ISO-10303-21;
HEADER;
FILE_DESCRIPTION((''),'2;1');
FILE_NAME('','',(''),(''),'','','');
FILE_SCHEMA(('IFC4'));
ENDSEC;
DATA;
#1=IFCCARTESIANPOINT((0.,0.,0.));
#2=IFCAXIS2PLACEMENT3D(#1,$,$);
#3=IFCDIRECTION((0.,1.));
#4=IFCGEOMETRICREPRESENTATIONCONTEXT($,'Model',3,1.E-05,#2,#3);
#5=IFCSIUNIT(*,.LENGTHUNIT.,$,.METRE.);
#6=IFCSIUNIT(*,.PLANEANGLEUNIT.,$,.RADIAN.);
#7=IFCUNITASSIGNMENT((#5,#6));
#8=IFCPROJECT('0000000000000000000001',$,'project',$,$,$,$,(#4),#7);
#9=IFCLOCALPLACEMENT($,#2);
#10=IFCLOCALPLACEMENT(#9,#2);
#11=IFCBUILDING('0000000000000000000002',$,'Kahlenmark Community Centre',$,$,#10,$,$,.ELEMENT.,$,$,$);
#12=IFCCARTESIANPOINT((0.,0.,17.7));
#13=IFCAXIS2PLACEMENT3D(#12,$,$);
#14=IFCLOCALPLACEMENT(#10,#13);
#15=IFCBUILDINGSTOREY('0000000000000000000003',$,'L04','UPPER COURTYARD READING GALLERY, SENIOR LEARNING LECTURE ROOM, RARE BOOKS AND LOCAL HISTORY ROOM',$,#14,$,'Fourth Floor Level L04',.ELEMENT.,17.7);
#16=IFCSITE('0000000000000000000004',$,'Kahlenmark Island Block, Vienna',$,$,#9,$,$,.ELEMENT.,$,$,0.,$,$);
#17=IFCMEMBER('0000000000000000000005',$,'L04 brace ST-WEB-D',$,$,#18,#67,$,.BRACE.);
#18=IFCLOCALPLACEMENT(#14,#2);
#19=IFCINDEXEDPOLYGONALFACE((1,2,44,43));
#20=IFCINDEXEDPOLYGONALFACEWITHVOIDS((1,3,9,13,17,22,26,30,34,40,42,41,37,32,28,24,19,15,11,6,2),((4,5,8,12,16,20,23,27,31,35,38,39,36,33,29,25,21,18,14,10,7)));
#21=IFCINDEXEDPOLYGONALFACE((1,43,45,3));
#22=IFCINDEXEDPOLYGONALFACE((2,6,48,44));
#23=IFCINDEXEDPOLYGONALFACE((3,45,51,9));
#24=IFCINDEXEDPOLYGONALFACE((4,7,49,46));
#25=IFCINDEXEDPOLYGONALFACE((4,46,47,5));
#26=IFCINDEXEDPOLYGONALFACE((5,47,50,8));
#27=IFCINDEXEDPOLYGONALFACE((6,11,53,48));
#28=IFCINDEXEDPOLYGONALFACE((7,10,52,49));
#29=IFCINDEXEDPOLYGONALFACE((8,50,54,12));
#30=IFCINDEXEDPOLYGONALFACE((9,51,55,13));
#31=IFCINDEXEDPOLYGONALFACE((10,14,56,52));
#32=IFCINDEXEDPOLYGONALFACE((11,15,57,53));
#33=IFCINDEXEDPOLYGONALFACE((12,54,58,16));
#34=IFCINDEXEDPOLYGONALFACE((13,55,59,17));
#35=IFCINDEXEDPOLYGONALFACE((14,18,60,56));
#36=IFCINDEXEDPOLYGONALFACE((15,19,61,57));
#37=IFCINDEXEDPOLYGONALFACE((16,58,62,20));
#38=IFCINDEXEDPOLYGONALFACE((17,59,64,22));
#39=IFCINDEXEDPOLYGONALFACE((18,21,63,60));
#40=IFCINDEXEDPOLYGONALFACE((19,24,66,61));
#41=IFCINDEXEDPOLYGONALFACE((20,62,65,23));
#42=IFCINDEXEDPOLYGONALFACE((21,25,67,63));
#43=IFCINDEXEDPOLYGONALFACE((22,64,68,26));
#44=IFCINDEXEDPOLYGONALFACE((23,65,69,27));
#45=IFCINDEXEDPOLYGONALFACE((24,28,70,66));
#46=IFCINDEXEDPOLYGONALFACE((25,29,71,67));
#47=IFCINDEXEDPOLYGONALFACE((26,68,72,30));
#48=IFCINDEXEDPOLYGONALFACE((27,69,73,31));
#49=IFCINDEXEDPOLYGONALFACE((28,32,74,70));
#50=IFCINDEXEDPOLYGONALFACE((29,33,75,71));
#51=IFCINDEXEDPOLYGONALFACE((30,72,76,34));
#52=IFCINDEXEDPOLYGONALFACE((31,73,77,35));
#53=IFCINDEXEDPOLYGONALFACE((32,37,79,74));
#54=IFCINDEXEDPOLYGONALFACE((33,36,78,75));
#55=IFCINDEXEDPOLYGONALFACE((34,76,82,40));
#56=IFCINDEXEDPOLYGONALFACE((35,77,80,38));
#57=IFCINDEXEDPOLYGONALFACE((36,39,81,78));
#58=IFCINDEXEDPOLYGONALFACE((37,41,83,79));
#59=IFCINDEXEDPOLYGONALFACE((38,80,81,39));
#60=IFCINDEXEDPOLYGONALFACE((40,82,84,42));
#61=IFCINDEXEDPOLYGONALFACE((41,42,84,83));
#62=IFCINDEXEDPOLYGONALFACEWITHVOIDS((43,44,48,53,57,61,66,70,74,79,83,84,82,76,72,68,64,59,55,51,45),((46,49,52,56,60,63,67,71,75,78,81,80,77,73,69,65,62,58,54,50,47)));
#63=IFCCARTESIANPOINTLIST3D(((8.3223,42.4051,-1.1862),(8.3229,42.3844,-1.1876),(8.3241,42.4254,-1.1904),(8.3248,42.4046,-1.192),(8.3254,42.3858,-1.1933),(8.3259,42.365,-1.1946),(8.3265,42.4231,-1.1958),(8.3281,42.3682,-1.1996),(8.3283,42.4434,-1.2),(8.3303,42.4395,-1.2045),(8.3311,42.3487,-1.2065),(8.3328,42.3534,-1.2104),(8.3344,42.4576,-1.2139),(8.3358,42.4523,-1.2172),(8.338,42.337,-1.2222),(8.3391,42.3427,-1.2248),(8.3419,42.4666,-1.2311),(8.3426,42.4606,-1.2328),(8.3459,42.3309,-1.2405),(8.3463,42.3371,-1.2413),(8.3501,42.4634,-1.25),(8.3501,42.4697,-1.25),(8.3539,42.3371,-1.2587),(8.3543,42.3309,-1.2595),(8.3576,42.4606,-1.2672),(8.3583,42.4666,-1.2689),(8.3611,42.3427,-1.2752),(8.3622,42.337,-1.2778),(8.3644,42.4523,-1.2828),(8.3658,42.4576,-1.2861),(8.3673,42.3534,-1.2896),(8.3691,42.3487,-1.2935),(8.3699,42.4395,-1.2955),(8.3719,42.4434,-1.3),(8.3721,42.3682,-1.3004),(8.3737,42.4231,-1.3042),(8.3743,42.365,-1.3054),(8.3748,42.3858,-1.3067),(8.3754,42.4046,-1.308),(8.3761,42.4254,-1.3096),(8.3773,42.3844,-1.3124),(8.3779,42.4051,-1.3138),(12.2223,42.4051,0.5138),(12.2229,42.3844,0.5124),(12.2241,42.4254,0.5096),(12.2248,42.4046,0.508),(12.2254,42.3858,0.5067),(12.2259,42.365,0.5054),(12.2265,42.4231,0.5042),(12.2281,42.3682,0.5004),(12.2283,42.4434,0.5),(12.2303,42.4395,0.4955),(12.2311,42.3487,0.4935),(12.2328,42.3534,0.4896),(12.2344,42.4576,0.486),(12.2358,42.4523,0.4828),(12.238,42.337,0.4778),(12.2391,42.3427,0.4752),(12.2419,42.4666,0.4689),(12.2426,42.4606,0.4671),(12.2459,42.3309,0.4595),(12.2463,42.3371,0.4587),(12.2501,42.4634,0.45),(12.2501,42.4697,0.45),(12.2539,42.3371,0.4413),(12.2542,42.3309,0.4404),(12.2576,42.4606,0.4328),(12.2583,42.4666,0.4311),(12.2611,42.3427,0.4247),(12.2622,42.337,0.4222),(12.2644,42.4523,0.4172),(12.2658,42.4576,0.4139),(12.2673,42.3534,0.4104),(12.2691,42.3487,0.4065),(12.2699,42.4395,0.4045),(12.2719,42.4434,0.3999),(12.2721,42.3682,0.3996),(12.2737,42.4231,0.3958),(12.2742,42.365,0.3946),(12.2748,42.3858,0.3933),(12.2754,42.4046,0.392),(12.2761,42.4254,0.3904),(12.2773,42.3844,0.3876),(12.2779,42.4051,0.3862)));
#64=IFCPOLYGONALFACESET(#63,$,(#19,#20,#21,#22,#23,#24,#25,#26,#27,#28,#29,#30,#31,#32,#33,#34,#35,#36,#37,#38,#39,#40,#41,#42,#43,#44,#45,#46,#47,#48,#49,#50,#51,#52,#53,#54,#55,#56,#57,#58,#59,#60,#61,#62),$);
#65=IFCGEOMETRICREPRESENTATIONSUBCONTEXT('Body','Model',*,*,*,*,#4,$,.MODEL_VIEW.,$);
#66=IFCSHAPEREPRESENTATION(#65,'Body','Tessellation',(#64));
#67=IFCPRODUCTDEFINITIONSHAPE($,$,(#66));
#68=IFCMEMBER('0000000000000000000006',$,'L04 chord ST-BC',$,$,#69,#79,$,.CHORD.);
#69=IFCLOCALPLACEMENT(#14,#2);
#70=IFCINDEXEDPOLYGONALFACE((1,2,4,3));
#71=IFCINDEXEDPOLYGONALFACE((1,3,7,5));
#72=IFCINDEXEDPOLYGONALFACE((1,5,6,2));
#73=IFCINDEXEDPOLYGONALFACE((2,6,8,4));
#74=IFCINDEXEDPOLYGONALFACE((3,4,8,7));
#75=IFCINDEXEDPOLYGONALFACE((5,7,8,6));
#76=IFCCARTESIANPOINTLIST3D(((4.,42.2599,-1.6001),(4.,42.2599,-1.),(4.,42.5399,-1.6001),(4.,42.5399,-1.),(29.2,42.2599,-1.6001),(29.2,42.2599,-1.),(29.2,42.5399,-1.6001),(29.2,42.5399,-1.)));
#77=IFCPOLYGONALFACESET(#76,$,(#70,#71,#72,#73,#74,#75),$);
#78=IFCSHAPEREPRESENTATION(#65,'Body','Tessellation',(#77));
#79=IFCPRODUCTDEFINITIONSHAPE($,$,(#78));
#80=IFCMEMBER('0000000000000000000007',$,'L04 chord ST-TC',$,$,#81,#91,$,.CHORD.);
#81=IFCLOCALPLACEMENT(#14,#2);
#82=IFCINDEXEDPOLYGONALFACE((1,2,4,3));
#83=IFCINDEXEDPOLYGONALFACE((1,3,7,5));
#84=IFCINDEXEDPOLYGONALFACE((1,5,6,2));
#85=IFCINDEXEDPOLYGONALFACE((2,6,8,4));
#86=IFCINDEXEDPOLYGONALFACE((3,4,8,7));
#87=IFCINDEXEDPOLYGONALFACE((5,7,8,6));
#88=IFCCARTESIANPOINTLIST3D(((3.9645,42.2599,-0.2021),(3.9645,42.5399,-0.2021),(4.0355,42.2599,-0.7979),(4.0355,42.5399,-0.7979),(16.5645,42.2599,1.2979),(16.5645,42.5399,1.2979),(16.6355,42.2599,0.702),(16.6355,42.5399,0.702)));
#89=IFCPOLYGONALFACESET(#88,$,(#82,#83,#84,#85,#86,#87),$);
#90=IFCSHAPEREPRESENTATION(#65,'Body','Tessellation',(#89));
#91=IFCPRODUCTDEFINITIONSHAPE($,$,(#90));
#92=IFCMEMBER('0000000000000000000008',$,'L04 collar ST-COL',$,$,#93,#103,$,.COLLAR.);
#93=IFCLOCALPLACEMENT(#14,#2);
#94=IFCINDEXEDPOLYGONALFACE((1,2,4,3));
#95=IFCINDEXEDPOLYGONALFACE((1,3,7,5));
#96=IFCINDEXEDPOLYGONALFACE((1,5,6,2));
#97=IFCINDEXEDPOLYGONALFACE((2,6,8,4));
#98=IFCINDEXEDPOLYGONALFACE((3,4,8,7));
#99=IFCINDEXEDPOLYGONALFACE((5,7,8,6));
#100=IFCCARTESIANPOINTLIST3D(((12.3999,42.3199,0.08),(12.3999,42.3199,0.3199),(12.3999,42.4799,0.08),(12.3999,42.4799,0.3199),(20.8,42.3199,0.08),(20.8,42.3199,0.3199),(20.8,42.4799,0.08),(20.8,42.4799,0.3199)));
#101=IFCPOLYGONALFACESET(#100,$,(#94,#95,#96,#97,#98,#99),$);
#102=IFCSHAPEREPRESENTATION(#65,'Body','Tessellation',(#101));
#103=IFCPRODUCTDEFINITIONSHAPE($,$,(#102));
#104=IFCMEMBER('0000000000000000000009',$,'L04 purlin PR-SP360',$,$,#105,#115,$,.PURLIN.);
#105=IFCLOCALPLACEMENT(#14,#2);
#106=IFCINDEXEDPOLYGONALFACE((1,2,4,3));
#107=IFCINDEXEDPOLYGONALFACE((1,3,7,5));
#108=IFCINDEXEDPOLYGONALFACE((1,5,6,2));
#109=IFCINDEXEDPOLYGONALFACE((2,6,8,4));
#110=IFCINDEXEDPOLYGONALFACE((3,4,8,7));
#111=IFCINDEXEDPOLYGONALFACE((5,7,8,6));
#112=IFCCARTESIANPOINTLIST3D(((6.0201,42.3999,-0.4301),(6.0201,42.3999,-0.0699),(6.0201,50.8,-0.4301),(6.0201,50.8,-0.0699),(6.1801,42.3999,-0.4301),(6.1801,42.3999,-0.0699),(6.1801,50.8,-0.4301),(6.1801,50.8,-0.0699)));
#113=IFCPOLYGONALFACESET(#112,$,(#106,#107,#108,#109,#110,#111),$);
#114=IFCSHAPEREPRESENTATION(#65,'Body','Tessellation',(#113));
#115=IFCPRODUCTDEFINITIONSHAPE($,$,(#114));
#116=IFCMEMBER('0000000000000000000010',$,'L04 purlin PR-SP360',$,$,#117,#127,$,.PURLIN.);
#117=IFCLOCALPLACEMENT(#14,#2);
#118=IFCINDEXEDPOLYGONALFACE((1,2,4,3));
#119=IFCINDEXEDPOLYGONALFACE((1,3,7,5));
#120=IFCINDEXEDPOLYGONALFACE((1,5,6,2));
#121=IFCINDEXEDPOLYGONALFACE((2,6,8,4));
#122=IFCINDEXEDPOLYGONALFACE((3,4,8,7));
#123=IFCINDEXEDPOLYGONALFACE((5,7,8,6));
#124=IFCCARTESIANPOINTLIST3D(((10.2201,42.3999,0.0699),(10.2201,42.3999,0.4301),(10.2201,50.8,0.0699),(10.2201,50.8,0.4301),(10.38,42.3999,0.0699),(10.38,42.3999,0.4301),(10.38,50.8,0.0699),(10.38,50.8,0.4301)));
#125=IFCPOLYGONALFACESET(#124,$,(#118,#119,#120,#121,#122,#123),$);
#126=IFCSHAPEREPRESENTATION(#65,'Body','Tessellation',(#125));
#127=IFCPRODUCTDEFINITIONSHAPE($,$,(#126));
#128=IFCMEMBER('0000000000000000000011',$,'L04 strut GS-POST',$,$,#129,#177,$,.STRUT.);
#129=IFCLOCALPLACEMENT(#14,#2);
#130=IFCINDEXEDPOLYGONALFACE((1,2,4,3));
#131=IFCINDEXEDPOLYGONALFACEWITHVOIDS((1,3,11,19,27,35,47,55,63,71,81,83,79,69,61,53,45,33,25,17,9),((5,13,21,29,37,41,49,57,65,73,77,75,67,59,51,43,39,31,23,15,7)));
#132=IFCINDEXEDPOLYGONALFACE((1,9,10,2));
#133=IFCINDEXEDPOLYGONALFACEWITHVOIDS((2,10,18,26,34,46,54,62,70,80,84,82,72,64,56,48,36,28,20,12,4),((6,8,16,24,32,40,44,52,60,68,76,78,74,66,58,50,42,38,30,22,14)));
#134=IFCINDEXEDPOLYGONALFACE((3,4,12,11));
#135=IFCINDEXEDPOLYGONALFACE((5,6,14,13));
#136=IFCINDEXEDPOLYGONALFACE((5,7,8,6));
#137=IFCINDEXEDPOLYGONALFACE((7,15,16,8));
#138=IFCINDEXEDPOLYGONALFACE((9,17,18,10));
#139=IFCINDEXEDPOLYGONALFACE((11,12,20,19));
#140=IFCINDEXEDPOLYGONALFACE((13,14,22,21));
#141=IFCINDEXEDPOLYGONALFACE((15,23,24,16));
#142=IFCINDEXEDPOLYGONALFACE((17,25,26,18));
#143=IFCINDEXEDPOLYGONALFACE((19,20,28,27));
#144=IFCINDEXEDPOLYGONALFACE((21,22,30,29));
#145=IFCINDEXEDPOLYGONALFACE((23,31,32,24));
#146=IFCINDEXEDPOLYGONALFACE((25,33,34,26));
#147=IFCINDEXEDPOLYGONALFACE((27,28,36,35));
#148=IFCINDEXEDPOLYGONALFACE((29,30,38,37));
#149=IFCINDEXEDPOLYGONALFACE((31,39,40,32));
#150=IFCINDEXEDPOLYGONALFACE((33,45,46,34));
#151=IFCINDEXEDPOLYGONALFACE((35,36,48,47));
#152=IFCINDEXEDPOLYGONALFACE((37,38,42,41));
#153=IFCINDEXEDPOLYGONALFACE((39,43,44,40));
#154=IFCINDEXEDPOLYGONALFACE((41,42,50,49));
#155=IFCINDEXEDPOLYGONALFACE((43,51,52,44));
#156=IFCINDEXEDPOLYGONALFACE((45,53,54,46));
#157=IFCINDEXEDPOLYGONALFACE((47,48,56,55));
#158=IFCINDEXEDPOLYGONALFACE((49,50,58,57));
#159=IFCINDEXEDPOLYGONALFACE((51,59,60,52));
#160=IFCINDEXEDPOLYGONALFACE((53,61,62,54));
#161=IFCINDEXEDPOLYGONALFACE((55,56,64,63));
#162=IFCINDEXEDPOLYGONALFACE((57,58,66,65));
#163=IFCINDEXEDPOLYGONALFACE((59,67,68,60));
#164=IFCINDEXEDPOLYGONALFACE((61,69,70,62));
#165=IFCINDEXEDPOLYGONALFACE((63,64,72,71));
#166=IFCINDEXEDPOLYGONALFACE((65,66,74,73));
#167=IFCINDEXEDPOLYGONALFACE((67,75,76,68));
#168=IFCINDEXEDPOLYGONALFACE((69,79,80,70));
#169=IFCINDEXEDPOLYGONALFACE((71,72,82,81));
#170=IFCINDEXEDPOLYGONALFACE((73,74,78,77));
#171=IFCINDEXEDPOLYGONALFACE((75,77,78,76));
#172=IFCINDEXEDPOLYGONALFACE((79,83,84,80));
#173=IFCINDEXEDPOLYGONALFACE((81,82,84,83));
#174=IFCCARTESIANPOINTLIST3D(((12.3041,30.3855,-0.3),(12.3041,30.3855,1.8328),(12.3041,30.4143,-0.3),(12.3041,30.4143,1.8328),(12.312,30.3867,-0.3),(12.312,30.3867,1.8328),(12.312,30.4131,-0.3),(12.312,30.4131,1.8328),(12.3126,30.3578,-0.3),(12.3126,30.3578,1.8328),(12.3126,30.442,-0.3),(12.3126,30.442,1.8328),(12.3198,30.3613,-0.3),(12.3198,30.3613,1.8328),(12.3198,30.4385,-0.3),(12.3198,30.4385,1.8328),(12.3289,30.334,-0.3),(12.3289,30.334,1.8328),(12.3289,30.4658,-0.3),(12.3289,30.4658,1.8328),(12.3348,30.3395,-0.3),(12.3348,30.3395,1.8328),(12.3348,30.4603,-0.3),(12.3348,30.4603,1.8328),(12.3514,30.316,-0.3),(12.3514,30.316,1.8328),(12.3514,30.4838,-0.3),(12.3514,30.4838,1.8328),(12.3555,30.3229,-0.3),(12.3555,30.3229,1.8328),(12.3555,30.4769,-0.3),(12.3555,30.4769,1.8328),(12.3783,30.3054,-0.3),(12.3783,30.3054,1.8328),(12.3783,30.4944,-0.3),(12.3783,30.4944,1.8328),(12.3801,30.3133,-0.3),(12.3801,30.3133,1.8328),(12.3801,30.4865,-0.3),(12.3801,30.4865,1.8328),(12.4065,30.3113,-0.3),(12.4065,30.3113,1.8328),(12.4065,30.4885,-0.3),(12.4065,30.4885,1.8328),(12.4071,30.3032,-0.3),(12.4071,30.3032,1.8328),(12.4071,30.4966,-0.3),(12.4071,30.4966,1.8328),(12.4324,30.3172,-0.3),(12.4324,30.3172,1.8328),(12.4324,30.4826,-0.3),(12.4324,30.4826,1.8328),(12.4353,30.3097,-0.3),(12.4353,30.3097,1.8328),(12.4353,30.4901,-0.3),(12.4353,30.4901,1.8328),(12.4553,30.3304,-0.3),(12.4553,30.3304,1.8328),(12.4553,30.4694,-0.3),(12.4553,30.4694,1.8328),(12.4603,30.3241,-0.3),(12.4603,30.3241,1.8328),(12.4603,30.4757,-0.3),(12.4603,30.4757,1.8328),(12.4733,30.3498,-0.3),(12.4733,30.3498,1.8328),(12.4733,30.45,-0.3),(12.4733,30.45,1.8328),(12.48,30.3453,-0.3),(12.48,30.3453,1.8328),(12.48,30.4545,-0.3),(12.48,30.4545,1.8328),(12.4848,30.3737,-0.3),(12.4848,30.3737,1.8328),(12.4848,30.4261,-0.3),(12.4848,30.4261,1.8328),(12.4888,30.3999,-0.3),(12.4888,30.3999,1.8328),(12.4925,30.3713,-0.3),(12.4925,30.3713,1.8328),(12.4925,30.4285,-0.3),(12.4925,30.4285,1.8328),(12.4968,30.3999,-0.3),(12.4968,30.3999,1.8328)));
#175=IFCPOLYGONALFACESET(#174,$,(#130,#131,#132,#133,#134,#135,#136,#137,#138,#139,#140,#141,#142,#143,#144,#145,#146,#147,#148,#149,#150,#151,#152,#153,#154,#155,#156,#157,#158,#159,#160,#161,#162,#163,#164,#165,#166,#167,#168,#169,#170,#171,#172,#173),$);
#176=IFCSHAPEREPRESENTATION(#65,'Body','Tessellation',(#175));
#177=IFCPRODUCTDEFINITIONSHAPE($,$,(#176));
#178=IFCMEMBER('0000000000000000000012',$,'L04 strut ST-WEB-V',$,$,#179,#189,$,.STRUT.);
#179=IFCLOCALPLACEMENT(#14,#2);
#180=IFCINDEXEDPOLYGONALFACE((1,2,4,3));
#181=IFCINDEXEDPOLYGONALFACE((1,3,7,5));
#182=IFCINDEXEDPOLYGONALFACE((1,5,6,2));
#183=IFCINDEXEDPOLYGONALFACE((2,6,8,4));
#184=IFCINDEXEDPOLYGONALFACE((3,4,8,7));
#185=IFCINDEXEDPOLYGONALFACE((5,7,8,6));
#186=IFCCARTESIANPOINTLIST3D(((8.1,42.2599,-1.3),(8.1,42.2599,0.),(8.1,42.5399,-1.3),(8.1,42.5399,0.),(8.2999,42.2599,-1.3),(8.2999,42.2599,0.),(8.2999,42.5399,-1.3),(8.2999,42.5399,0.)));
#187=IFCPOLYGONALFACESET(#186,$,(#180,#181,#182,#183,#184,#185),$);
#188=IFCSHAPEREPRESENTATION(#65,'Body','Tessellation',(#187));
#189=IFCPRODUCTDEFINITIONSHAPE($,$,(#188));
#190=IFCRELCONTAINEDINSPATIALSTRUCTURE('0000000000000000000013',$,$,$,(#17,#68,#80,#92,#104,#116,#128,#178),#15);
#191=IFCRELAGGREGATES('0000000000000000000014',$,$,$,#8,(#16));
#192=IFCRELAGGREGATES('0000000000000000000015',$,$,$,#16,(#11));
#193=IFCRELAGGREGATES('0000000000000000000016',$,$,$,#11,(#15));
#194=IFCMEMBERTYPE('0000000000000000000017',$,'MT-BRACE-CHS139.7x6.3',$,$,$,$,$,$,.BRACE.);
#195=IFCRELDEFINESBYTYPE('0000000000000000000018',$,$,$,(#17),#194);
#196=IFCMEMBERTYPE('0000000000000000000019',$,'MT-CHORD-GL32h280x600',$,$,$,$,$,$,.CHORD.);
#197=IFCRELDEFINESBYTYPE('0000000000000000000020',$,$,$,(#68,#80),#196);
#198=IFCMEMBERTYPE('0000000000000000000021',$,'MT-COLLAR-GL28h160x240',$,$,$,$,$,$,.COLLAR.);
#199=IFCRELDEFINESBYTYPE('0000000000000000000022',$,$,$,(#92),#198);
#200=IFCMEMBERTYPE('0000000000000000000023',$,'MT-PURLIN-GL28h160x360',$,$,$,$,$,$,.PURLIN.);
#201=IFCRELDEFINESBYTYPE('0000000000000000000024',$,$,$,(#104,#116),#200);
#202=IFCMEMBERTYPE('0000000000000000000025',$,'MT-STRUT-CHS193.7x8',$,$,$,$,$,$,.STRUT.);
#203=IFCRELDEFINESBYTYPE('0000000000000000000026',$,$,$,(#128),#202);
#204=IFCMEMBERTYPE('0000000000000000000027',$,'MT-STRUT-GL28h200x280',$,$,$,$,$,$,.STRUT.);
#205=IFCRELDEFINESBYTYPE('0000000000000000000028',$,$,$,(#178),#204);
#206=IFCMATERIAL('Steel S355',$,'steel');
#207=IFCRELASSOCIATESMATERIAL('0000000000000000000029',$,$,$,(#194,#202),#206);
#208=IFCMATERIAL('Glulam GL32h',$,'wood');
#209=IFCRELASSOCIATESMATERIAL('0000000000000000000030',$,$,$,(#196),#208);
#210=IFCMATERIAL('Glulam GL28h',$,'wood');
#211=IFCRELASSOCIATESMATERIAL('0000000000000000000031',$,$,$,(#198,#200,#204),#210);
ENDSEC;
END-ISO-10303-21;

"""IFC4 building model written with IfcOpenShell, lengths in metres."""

from ifc_helpers import new_model, si_unit, direction, frame, origin, origin_2d, place, context, subcontext, project, spatial, rectangle, hollow_circle, extrude, material, material_profile, profile_set, type_object, element, save


model = new_model("IFC4")

# Units and contexts
model_context = context("Model", 3, precision=1e-05, world=origin(), true_north=direction((0.0, 1.0)))
body_context = subcontext(model_context, "Body", "Model", "MODEL_VIEW")
ifc_project = project(units=[si_unit("LENGTHUNIT", "METRE"), si_unit("PLANEANGLEUNIT", "RADIAN")], contexts=[model_context])

# Site, building, storey
site_placement = place(None, origin())
site = spatial("IfcSite", under=ifc_project, at=site_placement, Name="Kahlenmark Island Block, Vienna", CompositionType="ELEMENT", RefElevation=0.0)
building_placement = place(site_placement, origin())
building = spatial("IfcBuilding", under=site, at=building_placement, Name="Kahlenmark Community Centre", CompositionType="ELEMENT")
storey_placement = place(building_placement, frame((0.0, 0.0, 17.7)))
storey = spatial("IfcBuildingStorey", under=building, at=storey_placement, Name="L04", Description="UPPER COURTYARD READING GALLERY, SENIOR LEARNING LECTURE ROOM, RARE BOOKS AND LOCAL HISTORY ROOM", LongName="Fourth Floor Level L04", CompositionType="ELEMENT", Elevation=17.7)

# Shared definitions
ifc_material_1 = material(Name="Glulam GL32h", Category="wood")
ifc_material_2 = material(Name="Steel S355", Category="steel")

# Members
ifc_material_profile_1 = material_profile(ifc_material_2, hollow_circle(Radius=0.0698, WallThickness=0.0063, at=origin_2d()), Name="CHS 139.7x6.3")
ifc_profile_set_1 = profile_set([ifc_material_profile_1], Name="Steel S355")
member_type_1 = type_object("IfcMemberType", Name="MT-BRACE-CHS139.7x6.3", PredefinedType="BRACE", material=ifc_profile_set_1)
member_1_placement = place(storey_placement, frame((8.3501, 42.3999, -1.25), z_axis=(0.916697, 0.0, 0.399584), x_axis=(0.0, 1.0, 0.0)))
element("IfcMember", 1, at=member_1_placement, inside=storey, type_object=member_type_1, Name="L04 brace ST-WEB-D", PredefinedType="BRACE", context=body_context, shape_type="SweptSolid", body=[
    extrude(hollow_circle(Radius=0.0698, WallThickness=0.0063, at=origin_2d()), origin(), (0.0, 0.0, 1.0), 4.2544),
])
ifc_material_profile_2 = material_profile(ifc_material_1, rectangle(XDim=0.28, YDim=0.6001, at=origin_2d()), Name="GL32h 280x600")
ifc_profile_set_2 = profile_set([ifc_material_profile_2], Name="Glulam GL32h")
member_type_2 = type_object("IfcMemberType", Name="MT-CHORD-GL32h280x600", PredefinedType="CHORD", material=ifc_profile_set_2)
member_2_placement = place(storey_placement, frame((4.0, 42.3999, -1.3), z_axis=(1.0, 0.0, 0.0), x_axis=(0.0, 1.0, 0.0)))
element("IfcMember", 2, at=member_2_placement, inside=storey, type_object=member_type_2, Name="L04 chord ST-BC", PredefinedType="CHORD", context=body_context, shape_type="SweptSolid", body=[
    extrude(rectangle(XDim=0.28, YDim=0.6001, at=origin_2d()), origin(), (0.0, 0.0, 1.0), 25.2),
])
member_3_placement = place(storey_placement, frame((4.0, 42.3999, -0.5), z_axis=(0.992988, 0.0, 0.118212), x_axis=(0.0, 1.0, 0.0)))
element("IfcMember", 3, at=member_3_placement, inside=storey, type_object=member_type_2, Name="L04 chord ST-TC", PredefinedType="CHORD", context=body_context, shape_type="SweptSolid", body=[
    extrude(rectangle(XDim=0.28, YDim=0.6001, at=origin_2d()), origin(), (0.0, 0.0, 1.0), 12.689),
])
ifc_material_3 = material(Name="Glulam GL28h", Category="wood")
ifc_material_profile_3 = material_profile(ifc_material_3, rectangle(XDim=0.1599, YDim=0.24, at=origin_2d()), Name="GL28h 160x240")
ifc_profile_set_3 = profile_set([ifc_material_profile_3], Name="Glulam GL28h")
member_type_3 = type_object("IfcMemberType", Name="MT-COLLAR-GL28h160x240", PredefinedType="COLLAR", material=ifc_profile_set_3)
member_4_placement = place(storey_placement, frame((12.3999, 42.3999, 0.2), z_axis=(1.0, 0.0, 0.0), x_axis=(0.0, 1.0, 0.0)))
element("IfcMember", 4, at=member_4_placement, inside=storey, type_object=member_type_3, Name="L04 collar ST-COL", PredefinedType="COLLAR", context=body_context, shape_type="SweptSolid", body=[
    extrude(rectangle(XDim=0.1599, YDim=0.24, at=origin_2d()), origin(), (0.0, 0.0, 1.0), 8.4001),
])
ifc_material_profile_4 = material_profile(ifc_material_3, rectangle(XDim=0.1599, YDim=0.3601, at=origin_2d()), Name="GL28h 160x360")
ifc_profile_set_4 = profile_set([ifc_material_profile_4], Name="Glulam GL28h")
member_type_4 = type_object("IfcMemberType", Name="MT-PURLIN-GL28h160x360", PredefinedType="PURLIN", material=ifc_profile_set_4)
for number, where, z_axis, x_axis, name in (
    (5, (6.1001, 42.3999, -0.25), (0.0, 1.0, 0.0), (-1.0, 0.0, 0.0), "L04 purlin PR-SP360"),
    (6, (10.3, 42.3999, 0.25), (0.0, 1.0, 0.0), (-1.0, 0.0, 0.0), "L04 purlin PR-SP360"),
):
    element("IfcMember", number, at=place(storey_placement, frame(where, z_axis=z_axis, x_axis=x_axis)), inside=storey, type_object=member_type_4, Name=name, PredefinedType="PURLIN", context=body_context, shape_type="SweptSolid", body=[
        extrude(rectangle(XDim=0.1599, YDim=0.3601, at=origin_2d()), origin(), (0.0, 0.0, 1.0), 8.4001),
    ])
ifc_material_profile_5 = material_profile(ifc_material_2, hollow_circle(Radius=0.0969, WallThickness=0.0081, at=origin_2d()), Name="CHS 193.7x8")
ifc_profile_set_5 = profile_set([ifc_material_profile_5], Name="Steel S355")
member_type_5 = type_object("IfcMemberType", Name="MT-STRUT-CHS193.7x8", PredefinedType="STRUT", material=ifc_profile_set_5)
member_5_placement = place(storey_placement, frame((12.3999, 30.3999, -0.3), z_axis=(0.0, 0.0, 1.0), x_axis=(1.0, 0.0, 0.0)))
element("IfcMember", 7, at=member_5_placement, inside=storey, type_object=member_type_5, Name="L04 strut GS-POST", PredefinedType="STRUT", context=body_context, shape_type="SweptSolid", body=[
    extrude(hollow_circle(Radius=0.0969, WallThickness=0.0081, at=origin_2d()), origin(), (0.0, 0.0, 1.0), 2.1328),
])
ifc_material_profile_6 = material_profile(ifc_material_3, rectangle(XDim=0.2, YDim=0.28, at=origin_2d()), Name="GL28h 200x280")
ifc_profile_set_6 = profile_set([ifc_material_profile_6], Name="Glulam GL28h")
member_type_6 = type_object("IfcMemberType", Name="MT-STRUT-GL28h200x280", PredefinedType="STRUT", material=ifc_profile_set_6)
member_6_placement = place(storey_placement, frame((8.2, 42.3999, -1.3), z_axis=(0.0, 0.0, 1.0), x_axis=(1.0, 0.0, 0.0)))
element("IfcMember", 8, at=member_6_placement, inside=storey, type_object=member_type_6, Name="L04 strut ST-WEB-V", PredefinedType="STRUT", context=body_context, shape_type="SweptSolid", body=[
    extrude(rectangle(XDim=0.2, YDim=0.28, at=origin_2d()), origin(), (0.0, 0.0, 1.0), 1.3),
])

save(model, "model.ifc")
